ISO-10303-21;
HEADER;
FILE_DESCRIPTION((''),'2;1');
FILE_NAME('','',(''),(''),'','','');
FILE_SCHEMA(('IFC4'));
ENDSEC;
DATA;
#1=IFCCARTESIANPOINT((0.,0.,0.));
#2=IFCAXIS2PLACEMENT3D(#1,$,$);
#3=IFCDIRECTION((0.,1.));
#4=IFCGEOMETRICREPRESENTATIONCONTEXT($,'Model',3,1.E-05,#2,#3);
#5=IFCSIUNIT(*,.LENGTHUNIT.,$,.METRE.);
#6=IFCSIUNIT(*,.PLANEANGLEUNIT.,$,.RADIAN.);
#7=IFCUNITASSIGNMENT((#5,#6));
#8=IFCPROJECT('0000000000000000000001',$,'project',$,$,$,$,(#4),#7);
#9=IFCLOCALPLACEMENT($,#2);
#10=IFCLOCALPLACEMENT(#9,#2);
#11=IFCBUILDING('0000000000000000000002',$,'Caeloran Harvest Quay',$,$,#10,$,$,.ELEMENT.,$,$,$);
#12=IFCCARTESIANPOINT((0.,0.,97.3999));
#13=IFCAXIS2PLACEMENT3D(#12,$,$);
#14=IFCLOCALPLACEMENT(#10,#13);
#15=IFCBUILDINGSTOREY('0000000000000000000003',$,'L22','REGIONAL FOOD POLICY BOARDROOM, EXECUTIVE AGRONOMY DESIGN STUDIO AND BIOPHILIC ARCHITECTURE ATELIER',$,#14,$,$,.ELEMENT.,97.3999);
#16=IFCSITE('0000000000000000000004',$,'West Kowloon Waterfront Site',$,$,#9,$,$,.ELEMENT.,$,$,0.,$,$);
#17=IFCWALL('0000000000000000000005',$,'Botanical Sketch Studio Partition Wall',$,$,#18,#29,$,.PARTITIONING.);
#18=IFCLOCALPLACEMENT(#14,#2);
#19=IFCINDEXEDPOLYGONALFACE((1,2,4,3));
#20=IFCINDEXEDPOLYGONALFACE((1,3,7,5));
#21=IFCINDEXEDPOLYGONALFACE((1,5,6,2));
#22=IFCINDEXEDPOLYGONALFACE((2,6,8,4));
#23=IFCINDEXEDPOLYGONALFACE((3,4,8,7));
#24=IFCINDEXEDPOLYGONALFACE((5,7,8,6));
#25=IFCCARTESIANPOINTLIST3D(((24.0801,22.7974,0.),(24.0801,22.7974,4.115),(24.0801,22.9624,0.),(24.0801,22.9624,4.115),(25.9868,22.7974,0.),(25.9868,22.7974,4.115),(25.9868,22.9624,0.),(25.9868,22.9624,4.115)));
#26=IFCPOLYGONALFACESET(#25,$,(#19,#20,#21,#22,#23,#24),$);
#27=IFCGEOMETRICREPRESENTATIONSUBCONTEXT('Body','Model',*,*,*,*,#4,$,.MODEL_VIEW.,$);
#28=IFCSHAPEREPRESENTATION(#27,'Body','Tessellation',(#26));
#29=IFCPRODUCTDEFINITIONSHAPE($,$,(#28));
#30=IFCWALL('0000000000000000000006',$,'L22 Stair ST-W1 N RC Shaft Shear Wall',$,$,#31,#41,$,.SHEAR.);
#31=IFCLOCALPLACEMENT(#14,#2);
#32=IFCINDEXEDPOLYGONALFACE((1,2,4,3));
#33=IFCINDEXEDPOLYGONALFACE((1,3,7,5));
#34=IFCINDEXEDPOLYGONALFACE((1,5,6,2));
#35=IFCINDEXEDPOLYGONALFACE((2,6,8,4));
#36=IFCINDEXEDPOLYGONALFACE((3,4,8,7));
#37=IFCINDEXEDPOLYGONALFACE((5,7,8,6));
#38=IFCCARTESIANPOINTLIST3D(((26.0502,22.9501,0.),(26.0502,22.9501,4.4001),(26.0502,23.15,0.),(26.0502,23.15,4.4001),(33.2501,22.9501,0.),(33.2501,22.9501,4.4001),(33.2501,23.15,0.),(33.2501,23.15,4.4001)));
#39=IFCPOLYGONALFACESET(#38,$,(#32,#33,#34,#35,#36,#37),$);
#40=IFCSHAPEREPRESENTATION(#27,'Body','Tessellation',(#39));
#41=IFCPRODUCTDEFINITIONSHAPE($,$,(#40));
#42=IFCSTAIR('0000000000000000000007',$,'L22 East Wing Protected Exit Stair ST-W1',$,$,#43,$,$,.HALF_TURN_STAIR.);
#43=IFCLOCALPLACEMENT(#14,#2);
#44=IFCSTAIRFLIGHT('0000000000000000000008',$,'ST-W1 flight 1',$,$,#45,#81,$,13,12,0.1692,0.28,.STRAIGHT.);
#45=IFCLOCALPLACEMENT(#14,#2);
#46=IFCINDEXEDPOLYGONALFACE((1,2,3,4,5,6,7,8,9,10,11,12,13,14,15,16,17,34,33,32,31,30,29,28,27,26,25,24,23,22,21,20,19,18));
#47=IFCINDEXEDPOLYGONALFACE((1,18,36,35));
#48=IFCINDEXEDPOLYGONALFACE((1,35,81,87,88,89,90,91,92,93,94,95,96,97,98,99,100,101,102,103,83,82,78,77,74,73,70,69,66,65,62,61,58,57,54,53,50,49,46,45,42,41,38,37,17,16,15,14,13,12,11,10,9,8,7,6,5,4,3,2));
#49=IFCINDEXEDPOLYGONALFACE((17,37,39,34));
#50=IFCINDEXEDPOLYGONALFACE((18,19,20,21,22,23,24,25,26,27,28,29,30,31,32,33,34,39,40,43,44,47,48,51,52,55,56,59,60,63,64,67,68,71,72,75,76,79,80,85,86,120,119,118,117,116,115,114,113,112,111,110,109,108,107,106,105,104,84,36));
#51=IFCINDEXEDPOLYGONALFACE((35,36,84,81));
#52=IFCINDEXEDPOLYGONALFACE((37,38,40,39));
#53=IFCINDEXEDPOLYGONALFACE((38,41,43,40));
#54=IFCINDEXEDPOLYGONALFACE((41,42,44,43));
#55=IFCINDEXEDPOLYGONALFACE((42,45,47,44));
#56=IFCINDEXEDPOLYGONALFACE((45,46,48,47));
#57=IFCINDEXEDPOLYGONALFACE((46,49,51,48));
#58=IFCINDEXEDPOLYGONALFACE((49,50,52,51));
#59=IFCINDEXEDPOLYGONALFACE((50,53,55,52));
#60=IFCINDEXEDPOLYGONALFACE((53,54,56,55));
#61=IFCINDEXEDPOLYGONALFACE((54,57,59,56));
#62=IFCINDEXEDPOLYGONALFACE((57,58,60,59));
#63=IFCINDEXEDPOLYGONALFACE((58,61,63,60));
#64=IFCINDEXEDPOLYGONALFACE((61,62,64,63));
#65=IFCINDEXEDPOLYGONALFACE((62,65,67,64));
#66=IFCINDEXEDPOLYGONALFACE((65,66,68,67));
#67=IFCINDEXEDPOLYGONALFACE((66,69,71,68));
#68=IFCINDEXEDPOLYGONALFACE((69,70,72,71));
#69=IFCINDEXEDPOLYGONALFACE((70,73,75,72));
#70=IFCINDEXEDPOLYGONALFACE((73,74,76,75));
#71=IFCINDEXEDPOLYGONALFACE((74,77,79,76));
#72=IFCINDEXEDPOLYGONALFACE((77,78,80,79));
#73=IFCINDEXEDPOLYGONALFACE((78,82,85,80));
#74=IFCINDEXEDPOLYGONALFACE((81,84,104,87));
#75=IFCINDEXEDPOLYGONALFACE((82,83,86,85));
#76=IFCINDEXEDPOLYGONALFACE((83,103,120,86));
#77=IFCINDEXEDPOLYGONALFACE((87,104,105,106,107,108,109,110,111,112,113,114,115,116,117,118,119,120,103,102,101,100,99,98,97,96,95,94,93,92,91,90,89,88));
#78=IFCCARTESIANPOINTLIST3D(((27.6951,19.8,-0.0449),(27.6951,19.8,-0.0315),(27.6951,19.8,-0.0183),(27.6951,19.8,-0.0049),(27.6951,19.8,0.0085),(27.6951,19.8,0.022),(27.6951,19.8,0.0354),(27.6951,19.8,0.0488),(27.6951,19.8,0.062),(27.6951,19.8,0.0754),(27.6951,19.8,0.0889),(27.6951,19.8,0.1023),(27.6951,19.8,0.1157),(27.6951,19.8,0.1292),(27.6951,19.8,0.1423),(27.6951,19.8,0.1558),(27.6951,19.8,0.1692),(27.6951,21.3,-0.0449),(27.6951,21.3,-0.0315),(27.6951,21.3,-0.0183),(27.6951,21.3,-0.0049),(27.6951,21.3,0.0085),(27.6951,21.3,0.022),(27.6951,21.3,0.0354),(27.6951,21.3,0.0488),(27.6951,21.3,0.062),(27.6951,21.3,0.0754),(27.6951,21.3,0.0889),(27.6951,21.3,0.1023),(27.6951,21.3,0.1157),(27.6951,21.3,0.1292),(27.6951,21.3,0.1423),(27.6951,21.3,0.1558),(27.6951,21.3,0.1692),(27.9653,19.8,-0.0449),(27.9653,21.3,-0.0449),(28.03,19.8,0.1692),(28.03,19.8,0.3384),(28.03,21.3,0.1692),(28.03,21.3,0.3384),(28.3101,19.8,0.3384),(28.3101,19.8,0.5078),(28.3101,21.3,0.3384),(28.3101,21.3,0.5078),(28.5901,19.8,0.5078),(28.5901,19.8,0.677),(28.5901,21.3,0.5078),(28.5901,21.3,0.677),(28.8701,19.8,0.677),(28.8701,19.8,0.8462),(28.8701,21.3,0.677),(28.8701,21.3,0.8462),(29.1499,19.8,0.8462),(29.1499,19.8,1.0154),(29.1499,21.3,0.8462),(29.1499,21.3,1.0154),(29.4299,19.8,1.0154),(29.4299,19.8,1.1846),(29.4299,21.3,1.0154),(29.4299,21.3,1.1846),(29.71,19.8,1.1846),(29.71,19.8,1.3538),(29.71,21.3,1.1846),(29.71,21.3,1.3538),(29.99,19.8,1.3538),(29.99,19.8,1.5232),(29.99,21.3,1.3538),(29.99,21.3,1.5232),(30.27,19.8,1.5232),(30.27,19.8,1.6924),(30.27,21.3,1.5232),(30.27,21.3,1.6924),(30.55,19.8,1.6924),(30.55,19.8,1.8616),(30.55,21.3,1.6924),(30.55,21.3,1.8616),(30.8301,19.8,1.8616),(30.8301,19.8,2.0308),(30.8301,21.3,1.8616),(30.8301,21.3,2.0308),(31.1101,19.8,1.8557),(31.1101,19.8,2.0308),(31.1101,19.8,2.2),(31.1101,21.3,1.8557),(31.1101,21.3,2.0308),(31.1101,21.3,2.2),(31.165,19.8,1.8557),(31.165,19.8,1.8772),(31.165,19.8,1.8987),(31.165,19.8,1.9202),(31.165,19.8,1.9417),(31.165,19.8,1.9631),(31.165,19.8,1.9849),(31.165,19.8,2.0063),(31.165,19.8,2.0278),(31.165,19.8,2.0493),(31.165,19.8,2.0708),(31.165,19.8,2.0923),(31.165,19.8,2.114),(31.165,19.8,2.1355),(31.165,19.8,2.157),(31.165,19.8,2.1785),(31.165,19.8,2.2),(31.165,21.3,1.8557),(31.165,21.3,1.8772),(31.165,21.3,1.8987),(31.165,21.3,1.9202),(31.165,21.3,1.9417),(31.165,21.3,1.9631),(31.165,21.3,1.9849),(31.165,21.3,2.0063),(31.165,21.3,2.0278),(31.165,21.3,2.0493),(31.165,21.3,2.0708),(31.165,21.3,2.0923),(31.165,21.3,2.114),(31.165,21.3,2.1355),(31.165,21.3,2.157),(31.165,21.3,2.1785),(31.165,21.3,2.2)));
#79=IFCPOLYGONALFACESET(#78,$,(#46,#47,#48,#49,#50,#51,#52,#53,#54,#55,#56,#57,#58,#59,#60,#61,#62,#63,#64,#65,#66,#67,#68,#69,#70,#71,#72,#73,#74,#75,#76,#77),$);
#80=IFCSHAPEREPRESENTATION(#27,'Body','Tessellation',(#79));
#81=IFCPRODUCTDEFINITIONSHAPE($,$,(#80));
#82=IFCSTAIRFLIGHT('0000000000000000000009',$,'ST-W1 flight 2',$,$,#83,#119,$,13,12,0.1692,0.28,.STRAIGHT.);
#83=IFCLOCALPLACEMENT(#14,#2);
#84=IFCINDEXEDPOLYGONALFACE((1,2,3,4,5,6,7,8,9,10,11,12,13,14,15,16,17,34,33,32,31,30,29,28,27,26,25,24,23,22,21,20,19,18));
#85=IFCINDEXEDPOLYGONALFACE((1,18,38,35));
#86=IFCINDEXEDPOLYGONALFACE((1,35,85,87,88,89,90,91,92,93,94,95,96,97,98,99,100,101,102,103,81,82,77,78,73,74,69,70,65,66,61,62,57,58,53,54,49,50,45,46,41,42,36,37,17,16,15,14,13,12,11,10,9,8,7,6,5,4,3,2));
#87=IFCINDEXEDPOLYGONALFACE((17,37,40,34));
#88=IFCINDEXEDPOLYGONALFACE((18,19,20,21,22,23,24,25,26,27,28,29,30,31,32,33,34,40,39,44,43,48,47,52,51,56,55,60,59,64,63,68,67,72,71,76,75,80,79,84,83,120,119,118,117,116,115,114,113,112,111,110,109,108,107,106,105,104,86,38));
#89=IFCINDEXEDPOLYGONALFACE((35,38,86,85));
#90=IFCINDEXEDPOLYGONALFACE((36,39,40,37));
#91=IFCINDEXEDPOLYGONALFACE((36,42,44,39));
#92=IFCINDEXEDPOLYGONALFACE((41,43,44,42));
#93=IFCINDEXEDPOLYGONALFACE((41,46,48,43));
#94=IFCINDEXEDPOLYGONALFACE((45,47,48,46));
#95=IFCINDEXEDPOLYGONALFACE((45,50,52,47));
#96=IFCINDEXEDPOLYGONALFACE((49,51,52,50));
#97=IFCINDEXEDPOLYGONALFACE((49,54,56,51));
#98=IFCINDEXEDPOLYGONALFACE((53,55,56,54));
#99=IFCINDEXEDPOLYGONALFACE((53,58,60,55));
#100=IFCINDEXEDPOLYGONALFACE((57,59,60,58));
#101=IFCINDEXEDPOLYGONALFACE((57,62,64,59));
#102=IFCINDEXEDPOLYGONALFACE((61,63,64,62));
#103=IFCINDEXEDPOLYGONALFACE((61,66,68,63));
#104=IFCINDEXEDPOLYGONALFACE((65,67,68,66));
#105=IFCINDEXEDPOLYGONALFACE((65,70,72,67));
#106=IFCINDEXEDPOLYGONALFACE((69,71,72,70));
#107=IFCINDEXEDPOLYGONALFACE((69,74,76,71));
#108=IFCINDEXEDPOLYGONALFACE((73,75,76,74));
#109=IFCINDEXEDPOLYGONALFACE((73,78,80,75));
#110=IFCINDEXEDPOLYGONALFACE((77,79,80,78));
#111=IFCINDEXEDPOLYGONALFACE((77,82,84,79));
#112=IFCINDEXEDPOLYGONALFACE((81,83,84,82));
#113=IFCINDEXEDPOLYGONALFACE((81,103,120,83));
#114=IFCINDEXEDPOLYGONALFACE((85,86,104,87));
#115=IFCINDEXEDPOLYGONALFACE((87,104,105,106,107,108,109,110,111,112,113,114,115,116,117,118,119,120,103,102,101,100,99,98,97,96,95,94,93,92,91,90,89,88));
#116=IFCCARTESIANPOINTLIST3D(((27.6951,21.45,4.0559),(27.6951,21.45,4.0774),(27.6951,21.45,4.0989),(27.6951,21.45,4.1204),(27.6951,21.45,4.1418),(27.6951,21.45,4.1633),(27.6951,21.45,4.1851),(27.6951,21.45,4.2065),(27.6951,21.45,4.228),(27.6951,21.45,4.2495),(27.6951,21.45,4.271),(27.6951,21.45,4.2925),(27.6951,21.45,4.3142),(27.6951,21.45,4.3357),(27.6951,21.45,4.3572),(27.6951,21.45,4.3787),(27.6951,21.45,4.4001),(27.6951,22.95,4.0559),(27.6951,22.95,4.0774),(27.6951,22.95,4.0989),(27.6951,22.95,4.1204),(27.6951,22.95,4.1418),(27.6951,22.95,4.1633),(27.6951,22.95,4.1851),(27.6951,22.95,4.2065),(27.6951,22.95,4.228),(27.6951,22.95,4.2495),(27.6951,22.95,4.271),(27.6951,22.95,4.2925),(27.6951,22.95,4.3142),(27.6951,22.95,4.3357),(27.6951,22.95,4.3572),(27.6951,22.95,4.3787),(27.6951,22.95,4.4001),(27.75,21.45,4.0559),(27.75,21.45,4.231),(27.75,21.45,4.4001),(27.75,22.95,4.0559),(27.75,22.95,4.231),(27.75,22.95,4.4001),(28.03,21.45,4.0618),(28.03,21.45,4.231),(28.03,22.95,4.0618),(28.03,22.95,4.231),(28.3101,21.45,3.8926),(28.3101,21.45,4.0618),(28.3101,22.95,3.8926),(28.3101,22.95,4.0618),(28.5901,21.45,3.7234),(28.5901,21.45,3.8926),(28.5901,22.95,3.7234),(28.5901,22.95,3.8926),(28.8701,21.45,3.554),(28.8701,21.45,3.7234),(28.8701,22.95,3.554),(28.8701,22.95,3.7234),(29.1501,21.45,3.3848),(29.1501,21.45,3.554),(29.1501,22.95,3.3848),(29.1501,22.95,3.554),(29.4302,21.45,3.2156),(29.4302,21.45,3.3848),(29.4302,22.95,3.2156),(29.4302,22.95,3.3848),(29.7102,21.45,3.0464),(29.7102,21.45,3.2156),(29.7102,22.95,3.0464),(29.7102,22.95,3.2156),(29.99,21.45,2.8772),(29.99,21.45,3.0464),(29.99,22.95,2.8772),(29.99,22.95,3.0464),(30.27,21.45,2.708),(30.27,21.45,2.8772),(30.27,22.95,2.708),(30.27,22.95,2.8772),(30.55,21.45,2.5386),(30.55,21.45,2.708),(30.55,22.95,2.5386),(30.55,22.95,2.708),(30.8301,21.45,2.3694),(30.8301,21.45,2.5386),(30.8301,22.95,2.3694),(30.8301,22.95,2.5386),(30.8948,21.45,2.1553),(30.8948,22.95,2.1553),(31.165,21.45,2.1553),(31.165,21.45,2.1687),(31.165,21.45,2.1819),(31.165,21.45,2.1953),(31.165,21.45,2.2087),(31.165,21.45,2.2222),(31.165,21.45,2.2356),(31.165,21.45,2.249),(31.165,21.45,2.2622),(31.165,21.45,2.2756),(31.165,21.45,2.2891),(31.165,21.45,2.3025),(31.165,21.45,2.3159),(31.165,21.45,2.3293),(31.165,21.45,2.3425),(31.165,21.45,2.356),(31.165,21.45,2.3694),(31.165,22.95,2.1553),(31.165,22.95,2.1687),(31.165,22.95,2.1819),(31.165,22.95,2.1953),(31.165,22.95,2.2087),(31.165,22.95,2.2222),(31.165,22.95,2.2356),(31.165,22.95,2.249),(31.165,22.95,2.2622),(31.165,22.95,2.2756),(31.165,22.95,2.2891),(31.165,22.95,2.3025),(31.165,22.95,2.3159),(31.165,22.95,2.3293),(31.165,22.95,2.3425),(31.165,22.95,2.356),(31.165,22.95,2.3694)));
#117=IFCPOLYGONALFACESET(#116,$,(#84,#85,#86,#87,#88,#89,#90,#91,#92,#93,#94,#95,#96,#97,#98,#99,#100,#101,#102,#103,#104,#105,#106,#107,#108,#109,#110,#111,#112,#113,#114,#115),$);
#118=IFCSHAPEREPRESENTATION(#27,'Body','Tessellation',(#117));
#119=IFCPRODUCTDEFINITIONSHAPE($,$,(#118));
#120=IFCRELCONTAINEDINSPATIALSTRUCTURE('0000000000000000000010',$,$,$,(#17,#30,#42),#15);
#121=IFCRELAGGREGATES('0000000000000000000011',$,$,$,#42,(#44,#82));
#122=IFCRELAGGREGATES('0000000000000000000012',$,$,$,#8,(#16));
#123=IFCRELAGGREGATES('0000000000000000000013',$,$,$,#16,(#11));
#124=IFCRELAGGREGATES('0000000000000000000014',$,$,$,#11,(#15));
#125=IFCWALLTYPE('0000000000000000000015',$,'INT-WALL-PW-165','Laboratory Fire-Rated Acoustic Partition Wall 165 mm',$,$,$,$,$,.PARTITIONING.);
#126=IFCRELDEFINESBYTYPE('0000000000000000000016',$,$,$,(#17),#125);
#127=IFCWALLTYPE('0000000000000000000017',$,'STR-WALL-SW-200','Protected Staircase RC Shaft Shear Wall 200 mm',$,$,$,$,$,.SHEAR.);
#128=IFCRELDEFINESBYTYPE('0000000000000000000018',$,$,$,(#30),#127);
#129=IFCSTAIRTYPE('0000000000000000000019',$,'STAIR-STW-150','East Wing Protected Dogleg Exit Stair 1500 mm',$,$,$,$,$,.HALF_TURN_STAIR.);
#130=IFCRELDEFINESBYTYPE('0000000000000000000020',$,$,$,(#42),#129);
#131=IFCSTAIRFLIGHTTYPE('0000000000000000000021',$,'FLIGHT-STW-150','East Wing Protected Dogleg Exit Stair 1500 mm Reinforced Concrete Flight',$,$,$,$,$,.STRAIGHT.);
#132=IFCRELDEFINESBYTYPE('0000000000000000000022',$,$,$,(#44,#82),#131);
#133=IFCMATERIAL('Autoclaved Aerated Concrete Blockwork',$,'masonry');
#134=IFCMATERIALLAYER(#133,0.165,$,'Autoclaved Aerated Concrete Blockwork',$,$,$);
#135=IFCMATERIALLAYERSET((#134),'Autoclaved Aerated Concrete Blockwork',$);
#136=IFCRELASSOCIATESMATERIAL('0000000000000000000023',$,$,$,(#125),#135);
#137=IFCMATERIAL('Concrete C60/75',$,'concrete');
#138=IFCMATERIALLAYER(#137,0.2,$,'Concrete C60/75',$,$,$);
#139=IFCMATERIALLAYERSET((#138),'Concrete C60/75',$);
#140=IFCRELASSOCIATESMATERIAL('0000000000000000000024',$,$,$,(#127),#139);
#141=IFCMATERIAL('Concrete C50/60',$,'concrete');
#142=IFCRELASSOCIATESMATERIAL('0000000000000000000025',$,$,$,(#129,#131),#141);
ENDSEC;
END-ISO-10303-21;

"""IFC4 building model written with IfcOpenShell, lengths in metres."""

from ifc_helpers import new_model, si_unit, direction, frame, frame_2d, origin, place, context, subcontext, project, spatial, polyline, rectangle, outline, extrude, material, layer, layer_set, type_object, element, aggregate, save


model = new_model("IFC4")

# Units and contexts
model_context = context("Model", 3, precision=1e-05, world=origin(), true_north=direction((0.0, 1.0)))
body_context = subcontext(model_context, "Body", "Model", "MODEL_VIEW")
ifc_project = project(units=[si_unit("LENGTHUNIT", "METRE"), si_unit("PLANEANGLEUNIT", "RADIAN")], contexts=[model_context])

# Site, building, storey
site_placement = place(None, origin())
site = spatial("IfcSite", under=ifc_project, at=site_placement, Name="West Kowloon Waterfront Site", CompositionType="ELEMENT", RefElevation=0.0)
building_placement = place(site_placement, origin())
building = spatial("IfcBuilding", under=site, at=building_placement, Name="Caeloran Harvest Quay", CompositionType="ELEMENT")
storey_placement = place(building_placement, frame((0.0, 0.0, 97.3999)))
storey = spatial("IfcBuildingStorey", under=building, at=storey_placement, Name="L22", Description="REGIONAL FOOD POLICY BOARDROOM, EXECUTIVE AGRONOMY DESIGN STUDIO AND BIOPHILIC ARCHITECTURE ATELIER", CompositionType="ELEMENT", Elevation=97.3999)

# Walls
ifc_material_1 = material(Name="Autoclaved Aerated Concrete Blockwork", Category="masonry")
ifc_layer_1 = layer(ifc_material_1, 0.165, Name="Autoclaved Aerated Concrete Blockwork")
ifc_layer_set_1 = layer_set([ifc_layer_1], Name="Autoclaved Aerated Concrete Blockwork")
wall_type_1 = type_object("IfcWallType", Name="INT-WALL-PW-165", Description="Laboratory Fire-Rated Acoustic Partition Wall 165 mm", PredefinedType="PARTITIONING", material=ifc_layer_set_1)
wall_1_placement = place(storey_placement, frame((25.9868, 22.8799, 0.0), z_axis=(0.0, 0.0, 1.0), x_axis=(-1.0, 0.0, 0.0)))
element("IfcWall", 1, at=wall_1_placement, inside=storey, type_object=wall_type_1, Name="Botanical Sketch Studio Partition Wall", PredefinedType="PARTITIONING", context=body_context, shape_type="SweptSolid", body=[
    extrude(rectangle(XDim=1.9067, YDim=0.165, at=frame_2d((0.9534, 0.0))), origin(), (0.0, 0.0, 1.0), 4.115),
])
ifc_material_2 = material(Name="Concrete C60/75", Category="concrete")
ifc_layer_2 = layer(ifc_material_2, 0.2, Name="Concrete C60/75")
ifc_layer_set_2 = layer_set([ifc_layer_2], Name="Concrete C60/75")
wall_type_2 = type_object("IfcWallType", Name="STR-WALL-SW-200", Description="Protected Staircase RC Shaft Shear Wall 200 mm", PredefinedType="SHEAR", material=ifc_layer_set_2)
wall_2_placement = place(storey_placement, frame((26.05, 23.05, 0.0), z_axis=(0.0, 0.0, 1.0), x_axis=(1.0, 0.0, 0.0)))
element("IfcWall", 2, at=wall_2_placement, inside=storey, type_object=wall_type_2, Name="L22 Stair ST-W1 N RC Shaft Shear Wall", PredefinedType="SHEAR", context=body_context, shape_type="SweptSolid", body=[
    extrude(rectangle(XDim=7.2, YDim=0.2, at=frame_2d((3.6001, 0.0))), origin(), (0.0, 0.0, 1.0), 4.4001),
])

# Stair, stair flights
ifc_material_3 = material(Name="Concrete C50/60", Category="concrete")
stair_type = type_object("IfcStairType", Name="STAIR-STW-150", Description="East Wing Protected Dogleg Exit Stair 1500 mm", PredefinedType="HALF_TURN_STAIR", material=ifc_material_3)
stair_placement = place(storey_placement, origin())
stair = element("IfcStair", 3, at=stair_placement, inside=storey, type_object=stair_type, Name="L22 East Wing Protected Exit Stair ST-W1", PredefinedType="HALF_TURN_STAIR")
stair_flight_type = type_object("IfcStairFlightType", Name="FLIGHT-STW-150", Description="East Wing Protected Dogleg Exit Stair 1500 mm Reinforced Concrete Flight", PredefinedType="STRAIGHT", material=ifc_material_3)
stair_flight_1_placement = place(storey_placement, frame((27.75, 20.55, 0.0), z_axis=(0.0, 0.0, 1.0), x_axis=(1.0, 0.0, 0.0)))
stair_flight_1 = element("IfcStairFlight", 4, at=stair_flight_1_placement, type_object=stair_flight_type, Name="ST-W1 flight 1", NumberOfRisers=13, NumberOfTreads=12, PredefinedType="STRAIGHT", RiserHeight=0.1692, TreadLength=0.28, context=body_context, shape_type="SweptSolid", body=[
    extrude(outline(polyline([(-0.0549, -0.0449), (-0.0549, -0.0315), (-0.0549, -0.0183), (-0.0549, -0.0049), (-0.0549, 0.0085), (-0.0549, 0.022), (-0.0549, 0.0354), (-0.0549, 0.0488), (-0.0549, 0.062), (-0.0549, 0.0754), (-0.0549, 0.0889), (-0.0549, 0.1023), (-0.0549, 0.1157), (-0.0549, 0.1292), (-0.0549, 0.1423), (-0.0549, 0.1558), (-0.0549, 0.1692), (0.28, 0.1692), (0.28, 0.3384), (0.5601, 0.3384), (0.5601, 0.5078), (0.8401, 0.5078), (0.8401, 0.677), (1.1201, 0.677), (1.1201, 0.8462), (1.3999, 0.8462), (1.3999, 1.0154), (1.6799, 1.0154), (1.6799, 1.1846), (1.96, 1.1846), (1.96, 1.3538), (2.24, 1.3538), (2.24, 1.5232), (2.52, 1.5232), (2.52, 1.6924), (2.8, 1.6924), (2.8, 1.8616), (3.0801, 1.8616), (3.0801, 2.0308), (3.3601, 2.0308), (3.3601, 2.2), (3.415, 2.2), (3.415, 2.1785), (3.415, 2.157), (3.415, 2.1355), (3.415, 2.114), (3.415, 2.0923), (3.415, 2.0708), (3.415, 2.0493), (3.415, 2.0278), (3.415, 2.0063), (3.415, 1.9849), (3.415, 1.9631), (3.415, 1.9417), (3.415, 1.9202), (3.415, 1.8987), (3.415, 1.8772), (3.415, 1.8557), (3.3601, 1.8557), (0.2153, -0.0449), (-0.0549, -0.0449)])), frame((0.0, 0.75, 0.0), z_axis=(0.0, -1.0, 0.0), x_axis=(1.0, 0.0, 0.0)), (0.0, 0.0, 1.0), 1.5),
])
stair_flight_2_placement = place(storey_placement, frame((31.1101, 22.2, 2.2002), z_axis=(0.0, 0.0, 1.0), x_axis=(-1.0, 0.0, 0.0)))
stair_flight_2 = element("IfcStairFlight", 5, at=stair_flight_2_placement, type_object=stair_flight_type, Name="ST-W1 flight 2", NumberOfRisers=13, NumberOfTreads=12, PredefinedType="STRAIGHT", RiserHeight=0.1692, TreadLength=0.28, context=body_context, shape_type="SweptSolid", body=[
    extrude(outline(polyline([(-0.0549, -0.0449), (-0.0549, -0.0315), (-0.0549, -0.0183), (-0.0549, -0.0049), (-0.0549, 0.0085), (-0.0549, 0.022), (-0.0549, 0.0354), (-0.0549, 0.0488), (-0.0549, 0.062), (-0.0549, 0.0754), (-0.0549, 0.0889), (-0.0549, 0.1023), (-0.0549, 0.1157), (-0.0549, 0.1292), (-0.0549, 0.1423), (-0.0549, 0.1558), (-0.0549, 0.1692), (0.28, 0.1692), (0.28, 0.3384), (0.5601, 0.3384), (0.5601, 0.5078), (0.8401, 0.5078), (0.8401, 0.677), (1.1201, 0.677), (1.1201, 0.8462), (1.3999, 0.8462), (1.3999, 1.0154), (1.6799, 1.0154), (1.6799, 1.1846), (1.96, 1.1846), (1.96, 1.3538), (2.24, 1.3538), (2.24, 1.5232), (2.52, 1.5232), (2.52, 1.6924), (2.8, 1.6924), (2.8, 1.8616), (3.0801, 1.8616), (3.0801, 2.0308), (3.3601, 2.0308), (3.3601, 2.2), (3.415, 2.2), (3.415, 2.1785), (3.415, 2.157), (3.415, 2.1355), (3.415, 2.114), (3.415, 2.0923), (3.415, 2.0708), (3.415, 2.0493), (3.415, 2.0278), (3.415, 2.0063), (3.415, 1.9849), (3.415, 1.9631), (3.415, 1.9417), (3.415, 1.9202), (3.415, 1.8987), (3.415, 1.8772), (3.415, 1.8557), (3.3601, 1.8557), (0.2153, -0.0449), (-0.0549, -0.0449)])), frame((0.0, 0.75, 0.0), z_axis=(0.0, -1.0, 0.0), x_axis=(1.0, 0.0, 0.0)), (0.0, 0.0, 1.0), 1.5),
])
aggregate(stair, [stair_flight_1, stair_flight_2])

save(model, "model.ifc")
